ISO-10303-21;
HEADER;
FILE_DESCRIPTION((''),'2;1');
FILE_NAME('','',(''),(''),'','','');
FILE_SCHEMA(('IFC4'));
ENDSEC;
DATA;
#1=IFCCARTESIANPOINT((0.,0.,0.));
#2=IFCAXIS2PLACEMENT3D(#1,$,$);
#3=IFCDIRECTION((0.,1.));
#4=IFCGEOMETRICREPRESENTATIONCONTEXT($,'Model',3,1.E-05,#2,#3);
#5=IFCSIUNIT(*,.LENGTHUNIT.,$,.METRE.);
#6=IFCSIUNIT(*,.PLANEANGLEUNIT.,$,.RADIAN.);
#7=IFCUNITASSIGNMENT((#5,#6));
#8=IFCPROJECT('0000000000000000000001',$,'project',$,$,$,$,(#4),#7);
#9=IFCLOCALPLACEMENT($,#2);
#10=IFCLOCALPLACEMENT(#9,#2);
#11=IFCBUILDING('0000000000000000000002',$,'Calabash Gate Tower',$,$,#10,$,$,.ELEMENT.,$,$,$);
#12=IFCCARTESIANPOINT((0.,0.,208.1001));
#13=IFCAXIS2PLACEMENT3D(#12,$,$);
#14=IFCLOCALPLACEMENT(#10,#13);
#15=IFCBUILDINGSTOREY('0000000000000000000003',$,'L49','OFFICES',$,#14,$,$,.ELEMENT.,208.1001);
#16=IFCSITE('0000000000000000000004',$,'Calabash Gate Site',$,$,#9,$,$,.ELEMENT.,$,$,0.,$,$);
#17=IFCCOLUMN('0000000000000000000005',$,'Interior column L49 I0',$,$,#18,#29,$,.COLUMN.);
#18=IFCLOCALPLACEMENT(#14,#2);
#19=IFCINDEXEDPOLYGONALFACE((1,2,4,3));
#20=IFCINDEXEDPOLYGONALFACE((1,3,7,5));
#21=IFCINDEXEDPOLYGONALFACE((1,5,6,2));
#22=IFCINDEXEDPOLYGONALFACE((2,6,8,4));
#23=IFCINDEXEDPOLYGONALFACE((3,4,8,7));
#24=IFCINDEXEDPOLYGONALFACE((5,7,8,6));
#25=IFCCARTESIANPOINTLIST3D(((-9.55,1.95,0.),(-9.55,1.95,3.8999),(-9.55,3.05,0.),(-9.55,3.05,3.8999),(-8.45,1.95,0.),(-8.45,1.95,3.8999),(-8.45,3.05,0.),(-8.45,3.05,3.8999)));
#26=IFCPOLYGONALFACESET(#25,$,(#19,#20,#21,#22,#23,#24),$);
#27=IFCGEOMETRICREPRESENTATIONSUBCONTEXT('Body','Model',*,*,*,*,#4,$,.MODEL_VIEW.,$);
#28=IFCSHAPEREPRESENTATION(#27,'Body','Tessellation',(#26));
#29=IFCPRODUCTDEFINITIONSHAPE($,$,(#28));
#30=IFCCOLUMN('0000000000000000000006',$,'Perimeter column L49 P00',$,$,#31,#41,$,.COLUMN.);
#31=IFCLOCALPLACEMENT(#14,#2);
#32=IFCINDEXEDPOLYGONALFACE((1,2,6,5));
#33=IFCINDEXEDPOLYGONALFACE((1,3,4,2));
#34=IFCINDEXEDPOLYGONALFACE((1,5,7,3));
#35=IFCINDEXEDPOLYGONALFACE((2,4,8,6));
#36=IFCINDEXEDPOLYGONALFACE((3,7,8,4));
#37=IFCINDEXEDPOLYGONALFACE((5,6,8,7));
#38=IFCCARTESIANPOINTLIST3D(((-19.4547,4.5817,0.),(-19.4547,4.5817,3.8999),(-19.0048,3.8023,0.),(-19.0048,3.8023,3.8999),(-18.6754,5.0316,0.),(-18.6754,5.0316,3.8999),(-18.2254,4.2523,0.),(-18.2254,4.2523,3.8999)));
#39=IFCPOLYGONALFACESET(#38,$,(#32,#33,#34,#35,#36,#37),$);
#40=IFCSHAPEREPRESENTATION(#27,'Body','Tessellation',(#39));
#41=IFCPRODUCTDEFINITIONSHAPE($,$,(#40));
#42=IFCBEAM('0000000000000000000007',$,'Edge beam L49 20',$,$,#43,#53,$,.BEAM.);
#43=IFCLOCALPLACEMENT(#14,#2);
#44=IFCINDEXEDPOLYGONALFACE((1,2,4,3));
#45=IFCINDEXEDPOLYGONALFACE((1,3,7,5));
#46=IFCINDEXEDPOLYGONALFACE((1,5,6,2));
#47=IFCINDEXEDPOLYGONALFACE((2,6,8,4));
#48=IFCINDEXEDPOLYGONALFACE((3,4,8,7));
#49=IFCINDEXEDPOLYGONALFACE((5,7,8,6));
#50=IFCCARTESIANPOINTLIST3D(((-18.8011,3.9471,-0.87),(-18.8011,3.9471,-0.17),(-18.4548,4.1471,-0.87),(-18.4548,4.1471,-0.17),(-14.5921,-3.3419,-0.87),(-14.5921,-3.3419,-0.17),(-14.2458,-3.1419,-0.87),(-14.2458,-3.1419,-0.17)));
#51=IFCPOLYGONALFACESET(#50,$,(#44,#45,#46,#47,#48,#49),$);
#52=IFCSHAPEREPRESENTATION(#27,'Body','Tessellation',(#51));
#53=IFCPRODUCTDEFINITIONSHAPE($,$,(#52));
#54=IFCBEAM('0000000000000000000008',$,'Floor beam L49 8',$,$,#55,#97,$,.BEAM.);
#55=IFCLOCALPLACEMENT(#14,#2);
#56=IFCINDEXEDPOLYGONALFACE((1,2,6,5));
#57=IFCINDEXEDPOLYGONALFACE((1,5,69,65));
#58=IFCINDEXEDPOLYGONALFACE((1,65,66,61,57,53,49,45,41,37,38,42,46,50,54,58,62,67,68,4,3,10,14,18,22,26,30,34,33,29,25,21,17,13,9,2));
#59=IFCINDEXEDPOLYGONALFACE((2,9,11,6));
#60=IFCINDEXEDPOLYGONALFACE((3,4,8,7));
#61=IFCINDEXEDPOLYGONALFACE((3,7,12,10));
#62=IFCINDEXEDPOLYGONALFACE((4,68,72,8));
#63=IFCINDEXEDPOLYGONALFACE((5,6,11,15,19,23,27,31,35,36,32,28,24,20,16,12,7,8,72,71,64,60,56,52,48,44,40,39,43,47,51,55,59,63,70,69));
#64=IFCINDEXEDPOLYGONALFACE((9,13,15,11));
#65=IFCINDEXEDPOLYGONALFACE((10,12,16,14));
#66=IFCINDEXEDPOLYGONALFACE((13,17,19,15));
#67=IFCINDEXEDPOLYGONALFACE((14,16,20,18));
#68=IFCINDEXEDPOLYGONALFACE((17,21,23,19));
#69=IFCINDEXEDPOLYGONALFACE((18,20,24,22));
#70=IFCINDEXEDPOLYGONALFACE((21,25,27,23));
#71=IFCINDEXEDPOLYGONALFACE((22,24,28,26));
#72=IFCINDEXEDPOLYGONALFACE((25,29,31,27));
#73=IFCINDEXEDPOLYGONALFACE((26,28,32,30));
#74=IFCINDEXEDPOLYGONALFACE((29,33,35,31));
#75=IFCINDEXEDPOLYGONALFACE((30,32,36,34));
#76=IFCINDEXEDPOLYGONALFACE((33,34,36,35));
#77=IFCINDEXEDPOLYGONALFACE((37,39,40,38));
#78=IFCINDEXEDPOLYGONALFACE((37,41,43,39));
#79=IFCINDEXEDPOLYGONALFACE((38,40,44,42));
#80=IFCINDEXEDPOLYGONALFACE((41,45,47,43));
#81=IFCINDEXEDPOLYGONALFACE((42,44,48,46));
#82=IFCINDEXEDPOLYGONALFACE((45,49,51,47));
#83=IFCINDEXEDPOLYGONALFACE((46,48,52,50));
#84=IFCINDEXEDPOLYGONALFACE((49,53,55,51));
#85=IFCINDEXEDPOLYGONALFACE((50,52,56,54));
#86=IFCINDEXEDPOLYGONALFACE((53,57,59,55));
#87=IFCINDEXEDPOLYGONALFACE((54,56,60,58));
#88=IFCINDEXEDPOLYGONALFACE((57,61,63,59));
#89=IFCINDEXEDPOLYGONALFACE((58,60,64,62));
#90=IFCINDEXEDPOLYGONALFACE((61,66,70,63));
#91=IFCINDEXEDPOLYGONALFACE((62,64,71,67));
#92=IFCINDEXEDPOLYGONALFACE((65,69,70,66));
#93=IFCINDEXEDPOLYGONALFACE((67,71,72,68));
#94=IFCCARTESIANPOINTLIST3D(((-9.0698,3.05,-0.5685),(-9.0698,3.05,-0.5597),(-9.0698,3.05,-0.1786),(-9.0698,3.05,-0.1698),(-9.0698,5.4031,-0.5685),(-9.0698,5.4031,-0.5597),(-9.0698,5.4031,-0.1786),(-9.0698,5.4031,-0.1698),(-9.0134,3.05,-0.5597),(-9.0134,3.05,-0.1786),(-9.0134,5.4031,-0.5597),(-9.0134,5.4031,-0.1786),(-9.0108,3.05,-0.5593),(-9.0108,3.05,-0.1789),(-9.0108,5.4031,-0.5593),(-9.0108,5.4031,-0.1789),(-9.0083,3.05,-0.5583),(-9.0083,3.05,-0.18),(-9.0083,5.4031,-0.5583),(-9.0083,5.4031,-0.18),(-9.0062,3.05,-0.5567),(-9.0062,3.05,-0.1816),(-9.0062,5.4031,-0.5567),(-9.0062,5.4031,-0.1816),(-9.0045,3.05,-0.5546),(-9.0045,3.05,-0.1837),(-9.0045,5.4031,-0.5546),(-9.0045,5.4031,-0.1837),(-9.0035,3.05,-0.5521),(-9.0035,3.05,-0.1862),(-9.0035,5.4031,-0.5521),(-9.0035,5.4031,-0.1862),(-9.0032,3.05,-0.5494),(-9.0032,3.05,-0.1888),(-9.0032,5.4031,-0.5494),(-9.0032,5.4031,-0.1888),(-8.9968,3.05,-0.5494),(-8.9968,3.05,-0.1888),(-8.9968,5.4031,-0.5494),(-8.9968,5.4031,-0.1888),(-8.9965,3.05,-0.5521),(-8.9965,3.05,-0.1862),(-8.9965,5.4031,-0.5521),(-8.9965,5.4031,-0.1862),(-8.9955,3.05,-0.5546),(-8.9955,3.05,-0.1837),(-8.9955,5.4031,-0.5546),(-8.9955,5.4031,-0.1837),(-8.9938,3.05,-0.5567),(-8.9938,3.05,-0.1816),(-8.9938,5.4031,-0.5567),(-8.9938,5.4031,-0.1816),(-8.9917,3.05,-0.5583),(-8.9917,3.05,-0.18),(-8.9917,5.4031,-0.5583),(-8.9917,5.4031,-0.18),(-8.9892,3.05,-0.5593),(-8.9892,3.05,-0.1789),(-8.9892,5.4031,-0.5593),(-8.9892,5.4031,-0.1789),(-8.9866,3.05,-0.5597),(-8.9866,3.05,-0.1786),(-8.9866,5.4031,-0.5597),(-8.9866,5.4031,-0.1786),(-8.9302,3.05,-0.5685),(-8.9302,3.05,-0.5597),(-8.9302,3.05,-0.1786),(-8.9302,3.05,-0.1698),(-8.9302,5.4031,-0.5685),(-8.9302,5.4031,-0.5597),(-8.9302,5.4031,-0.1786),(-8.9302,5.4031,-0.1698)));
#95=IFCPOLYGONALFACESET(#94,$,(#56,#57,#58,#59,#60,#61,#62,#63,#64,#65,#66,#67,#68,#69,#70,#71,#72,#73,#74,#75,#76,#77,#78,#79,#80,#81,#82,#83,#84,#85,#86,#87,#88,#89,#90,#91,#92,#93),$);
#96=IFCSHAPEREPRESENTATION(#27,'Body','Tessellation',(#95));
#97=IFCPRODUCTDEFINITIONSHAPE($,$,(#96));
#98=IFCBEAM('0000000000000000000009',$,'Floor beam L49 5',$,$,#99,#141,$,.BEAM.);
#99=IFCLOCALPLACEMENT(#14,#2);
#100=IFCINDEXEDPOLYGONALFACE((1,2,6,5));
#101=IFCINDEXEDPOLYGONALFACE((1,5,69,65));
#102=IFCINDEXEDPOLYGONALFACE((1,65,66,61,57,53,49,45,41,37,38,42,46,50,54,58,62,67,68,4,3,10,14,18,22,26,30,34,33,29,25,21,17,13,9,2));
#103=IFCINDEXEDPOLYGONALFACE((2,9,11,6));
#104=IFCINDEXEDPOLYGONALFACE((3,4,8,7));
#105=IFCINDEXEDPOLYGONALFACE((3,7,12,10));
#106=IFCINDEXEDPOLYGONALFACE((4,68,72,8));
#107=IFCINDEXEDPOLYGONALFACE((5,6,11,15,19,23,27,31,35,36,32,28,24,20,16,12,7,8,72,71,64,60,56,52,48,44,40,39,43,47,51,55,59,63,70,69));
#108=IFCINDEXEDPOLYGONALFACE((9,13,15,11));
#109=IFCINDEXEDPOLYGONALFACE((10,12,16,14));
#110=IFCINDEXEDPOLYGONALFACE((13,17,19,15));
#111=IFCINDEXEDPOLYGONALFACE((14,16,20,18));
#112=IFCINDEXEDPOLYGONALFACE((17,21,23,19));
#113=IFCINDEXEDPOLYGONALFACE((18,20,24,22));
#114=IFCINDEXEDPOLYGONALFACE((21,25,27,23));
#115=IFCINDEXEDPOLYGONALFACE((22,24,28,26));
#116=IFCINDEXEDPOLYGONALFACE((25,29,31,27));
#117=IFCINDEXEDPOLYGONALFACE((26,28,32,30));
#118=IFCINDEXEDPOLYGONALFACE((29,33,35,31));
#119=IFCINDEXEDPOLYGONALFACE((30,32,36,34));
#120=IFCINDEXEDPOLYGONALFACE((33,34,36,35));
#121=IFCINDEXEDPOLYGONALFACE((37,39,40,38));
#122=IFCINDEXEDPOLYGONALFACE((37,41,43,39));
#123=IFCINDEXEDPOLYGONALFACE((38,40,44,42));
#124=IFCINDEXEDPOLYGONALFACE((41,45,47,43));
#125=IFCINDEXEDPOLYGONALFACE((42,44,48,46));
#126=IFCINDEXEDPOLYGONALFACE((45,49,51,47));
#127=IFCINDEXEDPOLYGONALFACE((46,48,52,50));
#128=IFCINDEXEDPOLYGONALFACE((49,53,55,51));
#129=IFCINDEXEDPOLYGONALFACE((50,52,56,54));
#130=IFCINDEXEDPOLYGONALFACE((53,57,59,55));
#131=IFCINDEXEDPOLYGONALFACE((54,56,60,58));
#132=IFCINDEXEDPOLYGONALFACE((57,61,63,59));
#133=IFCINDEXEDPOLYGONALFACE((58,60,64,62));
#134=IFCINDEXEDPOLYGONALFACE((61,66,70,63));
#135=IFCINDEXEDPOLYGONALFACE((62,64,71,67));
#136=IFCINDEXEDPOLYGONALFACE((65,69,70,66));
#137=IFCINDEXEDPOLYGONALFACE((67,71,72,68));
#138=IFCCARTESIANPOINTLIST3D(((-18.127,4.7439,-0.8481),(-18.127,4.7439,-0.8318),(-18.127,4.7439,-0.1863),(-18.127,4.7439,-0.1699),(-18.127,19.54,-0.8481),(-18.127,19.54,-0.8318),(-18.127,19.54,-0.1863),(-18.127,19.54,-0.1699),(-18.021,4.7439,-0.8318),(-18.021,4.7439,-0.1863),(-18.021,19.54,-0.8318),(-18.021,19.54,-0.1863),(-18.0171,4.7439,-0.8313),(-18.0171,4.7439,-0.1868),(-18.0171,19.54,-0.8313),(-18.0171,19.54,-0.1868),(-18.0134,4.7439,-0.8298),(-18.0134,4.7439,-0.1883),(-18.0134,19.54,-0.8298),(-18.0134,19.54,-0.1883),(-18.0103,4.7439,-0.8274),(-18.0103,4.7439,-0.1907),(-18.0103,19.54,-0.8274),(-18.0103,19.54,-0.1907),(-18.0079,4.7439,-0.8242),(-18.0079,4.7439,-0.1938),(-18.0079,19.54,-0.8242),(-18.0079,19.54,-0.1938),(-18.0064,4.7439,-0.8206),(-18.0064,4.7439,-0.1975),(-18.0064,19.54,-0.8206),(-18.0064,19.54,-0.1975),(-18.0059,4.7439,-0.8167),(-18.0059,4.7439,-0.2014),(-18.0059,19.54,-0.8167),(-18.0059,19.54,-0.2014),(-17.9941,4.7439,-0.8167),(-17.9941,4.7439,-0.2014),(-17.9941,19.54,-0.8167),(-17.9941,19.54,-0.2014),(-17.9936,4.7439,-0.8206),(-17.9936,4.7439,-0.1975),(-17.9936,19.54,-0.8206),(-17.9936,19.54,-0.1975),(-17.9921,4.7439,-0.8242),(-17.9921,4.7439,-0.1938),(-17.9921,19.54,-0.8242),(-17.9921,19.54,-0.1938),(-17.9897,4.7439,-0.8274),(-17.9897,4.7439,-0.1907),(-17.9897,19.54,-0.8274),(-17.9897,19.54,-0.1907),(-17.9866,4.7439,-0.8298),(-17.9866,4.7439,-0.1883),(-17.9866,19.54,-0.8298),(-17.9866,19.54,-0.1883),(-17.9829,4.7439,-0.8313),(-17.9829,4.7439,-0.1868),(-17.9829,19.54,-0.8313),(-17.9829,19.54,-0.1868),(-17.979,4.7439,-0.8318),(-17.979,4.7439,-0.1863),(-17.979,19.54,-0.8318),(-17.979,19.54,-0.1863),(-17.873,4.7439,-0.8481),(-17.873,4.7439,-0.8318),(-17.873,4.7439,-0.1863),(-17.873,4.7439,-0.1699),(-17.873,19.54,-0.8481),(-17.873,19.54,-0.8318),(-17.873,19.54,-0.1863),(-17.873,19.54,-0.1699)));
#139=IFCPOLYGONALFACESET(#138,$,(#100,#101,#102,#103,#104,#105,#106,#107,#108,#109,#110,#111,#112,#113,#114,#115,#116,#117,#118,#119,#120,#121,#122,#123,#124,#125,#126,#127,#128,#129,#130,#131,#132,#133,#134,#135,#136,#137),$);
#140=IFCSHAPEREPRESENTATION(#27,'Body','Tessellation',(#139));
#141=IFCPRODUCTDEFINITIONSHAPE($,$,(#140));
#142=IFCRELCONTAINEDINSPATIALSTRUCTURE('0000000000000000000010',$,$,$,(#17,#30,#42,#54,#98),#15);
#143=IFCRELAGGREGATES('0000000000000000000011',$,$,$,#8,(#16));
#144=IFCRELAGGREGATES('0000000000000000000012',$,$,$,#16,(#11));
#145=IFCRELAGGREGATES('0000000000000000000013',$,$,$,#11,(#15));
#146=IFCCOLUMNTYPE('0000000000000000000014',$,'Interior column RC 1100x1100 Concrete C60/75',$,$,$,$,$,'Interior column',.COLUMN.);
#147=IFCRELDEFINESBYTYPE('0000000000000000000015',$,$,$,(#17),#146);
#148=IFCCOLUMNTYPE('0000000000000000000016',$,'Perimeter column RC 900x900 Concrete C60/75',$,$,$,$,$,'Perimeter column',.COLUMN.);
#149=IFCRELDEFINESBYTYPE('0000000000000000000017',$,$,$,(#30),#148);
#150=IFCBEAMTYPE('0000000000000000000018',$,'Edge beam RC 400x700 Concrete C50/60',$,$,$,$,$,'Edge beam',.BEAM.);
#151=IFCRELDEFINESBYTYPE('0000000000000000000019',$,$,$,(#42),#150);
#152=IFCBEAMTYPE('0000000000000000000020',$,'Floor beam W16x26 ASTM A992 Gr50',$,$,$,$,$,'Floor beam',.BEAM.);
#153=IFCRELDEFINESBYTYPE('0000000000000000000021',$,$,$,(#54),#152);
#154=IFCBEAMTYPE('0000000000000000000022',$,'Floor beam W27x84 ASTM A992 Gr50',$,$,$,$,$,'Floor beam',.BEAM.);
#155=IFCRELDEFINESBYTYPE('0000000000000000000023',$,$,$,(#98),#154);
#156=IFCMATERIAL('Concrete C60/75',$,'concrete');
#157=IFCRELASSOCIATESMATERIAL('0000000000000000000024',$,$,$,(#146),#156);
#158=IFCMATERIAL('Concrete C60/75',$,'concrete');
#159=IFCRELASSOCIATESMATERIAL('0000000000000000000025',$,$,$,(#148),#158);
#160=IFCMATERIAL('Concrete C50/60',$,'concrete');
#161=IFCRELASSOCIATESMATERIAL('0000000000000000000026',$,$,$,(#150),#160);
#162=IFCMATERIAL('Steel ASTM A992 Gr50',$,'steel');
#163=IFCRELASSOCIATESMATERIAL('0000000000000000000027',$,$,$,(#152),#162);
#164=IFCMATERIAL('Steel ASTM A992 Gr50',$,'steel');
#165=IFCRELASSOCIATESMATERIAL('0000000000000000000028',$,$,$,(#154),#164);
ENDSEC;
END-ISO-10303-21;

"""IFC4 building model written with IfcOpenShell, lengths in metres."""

from ifc_helpers import new_model, si_unit, direction, frame, origin, origin_2d, place, context, subcontext, project, spatial, rectangle, i_section, extrude, material, material_profile, profile_set, type_object, element, save


model = new_model("IFC4")

# Units and contexts
model_context = context("Model", 3, precision=1e-05, world=origin(), true_north=direction((0.0, 1.0)))
body_context = subcontext(model_context, "Body", "Model", "MODEL_VIEW")
ifc_project = project(units=[si_unit("LENGTHUNIT", "METRE"), si_unit("PLANEANGLEUNIT", "RADIAN")], contexts=[model_context])

# Site, building, storey
site_placement = place(None, origin())
site = spatial("IfcSite", under=ifc_project, at=site_placement, Name="Calabash Gate Site", CompositionType="ELEMENT", RefElevation=0.0)
building_placement = place(site_placement, origin())
building = spatial("IfcBuilding", under=site, at=building_placement, Name="Calabash Gate Tower", CompositionType="ELEMENT")
storey_placement = place(building_placement, frame((0.0, 0.0, 208.1001)))
storey = spatial("IfcBuildingStorey", under=building, at=storey_placement, Name="L49", Description="OFFICES", CompositionType="ELEMENT", Elevation=208.1001)

# Columns
ifc_material_1 = material(Name="Concrete C60/75", Category="concrete")
ifc_material_profile_1 = material_profile(ifc_material_1, rectangle(XDim=1.1001, YDim=1.1001, at=origin_2d()))
ifc_profile_set_1 = profile_set([ifc_material_profile_1], Name="Concrete C60/75")
column_type_1 = type_object("IfcColumnType", Name="Interior column RC 1100x1100 Concrete C60/75", ElementType="Interior column", PredefinedType="COLUMN", material=ifc_profile_set_1)
column_1_placement = place(storey_placement, frame((-9.0, 2.5, 0.0), z_axis=(0.0, 0.0, 1.0), x_axis=(1.0, 0.0, 0.0)))
element("IfcColumn", 1, at=column_1_placement, inside=storey, type_object=column_type_1, Name="Interior column L49 I0", PredefinedType="COLUMN", context=body_context, shape_type="SweptSolid", body=[
    extrude(rectangle(XDim=1.1001, YDim=1.1001, at=origin_2d()), origin(), (0.0, 0.0, 1.0), 3.8999),
])
ifc_material_2 = material(Name="Concrete C60/75", Category="concrete")
ifc_material_profile_2 = material_profile(ifc_material_2, rectangle(XDim=0.8999, YDim=0.8999, at=origin_2d()))
ifc_profile_set_2 = profile_set([ifc_material_profile_2], Name="Concrete C60/75")
column_type_2 = type_object("IfcColumnType", Name="Perimeter column RC 900x900 Concrete C60/75", ElementType="Perimeter column", PredefinedType="COLUMN", material=ifc_profile_set_2)
column_2_placement = place(storey_placement, frame((-18.8401, 4.417, 0.0), z_axis=(0.0, 0.0, 1.0), x_axis=(0.5, -0.866025, 0.0)))
element("IfcColumn", 2, at=column_2_placement, inside=storey, type_object=column_type_2, Name="Perimeter column L49 P00", PredefinedType="COLUMN", context=body_context, shape_type="SweptSolid", body=[
    extrude(rectangle(XDim=0.8999, YDim=0.8999, at=origin_2d()), origin(), (0.0, 0.0, 1.0), 3.8999),
])

# Beams
ifc_material_3 = material(Name="Concrete C50/60", Category="concrete")
ifc_material_profile_3 = material_profile(ifc_material_3, rectangle(XDim=0.3999, YDim=0.7, at=origin_2d()))
ifc_profile_set_3 = profile_set([ifc_material_profile_3], Name="Concrete C50/60")
beam_type_1 = type_object("IfcBeamType", Name="Edge beam RC 400x700 Concrete C50/60", ElementType="Edge beam", PredefinedType="BEAM", material=ifc_profile_set_3)
beam_1_placement = place(storey_placement, frame((-18.6279, 4.0471, -0.52), z_axis=(0.500057, -0.865992, 0.0), x_axis=(0.865992, 0.500057, 0.0)))
element("IfcBeam", 3, at=beam_1_placement, inside=storey, type_object=beam_type_1, Name="Edge beam L49 20", PredefinedType="BEAM", context=body_context, shape_type="SweptSolid", body=[
    extrude(rectangle(XDim=0.3999, YDim=0.7, at=origin_2d()), origin(), (0.0, 0.0, 1.0), 8.417),
])
ifc_material_4 = material(Name="Steel ASTM A992 Gr50", Category="steel")
ifc_material_profile_4 = material_profile(ifc_material_4, i_section(OverallWidth=0.1396, OverallDepth=0.3987, WebThickness=0.0063, FlangeThickness=0.0088, FilletRadius=0.0103, at=origin_2d()))
ifc_profile_set_4 = profile_set([ifc_material_profile_4], Name="Steel ASTM A992 Gr50")
beam_type_2 = type_object("IfcBeamType", Name="Floor beam W16x26 ASTM A992 Gr50", ElementType="Floor beam", PredefinedType="BEAM", material=ifc_profile_set_4)
beam_2_placement = place(storey_placement, frame((-9.0, 3.05, -0.3691), z_axis=(0.0, 1.0, 0.0), x_axis=(-1.0, 0.0, 0.0)))
element("IfcBeam", 4, at=beam_2_placement, inside=storey, type_object=beam_type_2, Name="Floor beam L49 8", PredefinedType="BEAM", context=body_context, shape_type="SweptSolid", body=[
    extrude(i_section(OverallWidth=0.1396, OverallDepth=0.3987, WebThickness=0.0063, FlangeThickness=0.0088, FilletRadius=0.0103, at=origin_2d()), origin(), (0.0, 0.0, 1.0), 2.353),
])
ifc_material_5 = material(Name="Steel ASTM A992 Gr50", Category="steel")
ifc_material_profile_5 = material_profile(ifc_material_5, i_section(OverallWidth=0.2539, OverallDepth=0.6782, WebThickness=0.0117, FlangeThickness=0.0164, FilletRadius=0.0151, at=origin_2d()))
ifc_profile_set_5 = profile_set([ifc_material_profile_5], Name="Steel ASTM A992 Gr50")
beam_type_3 = type_object("IfcBeamType", Name="Floor beam W27x84 ASTM A992 Gr50", ElementType="Floor beam", PredefinedType="BEAM", material=ifc_profile_set_5)
beam_3_placement = place(storey_placement, frame((-18.0, 4.7439, -0.509), z_axis=(0.0, 1.0, 0.0), x_axis=(-1.0, 0.0, 0.0)))
element("IfcBeam", 5, at=beam_3_placement, inside=storey, type_object=beam_type_3, Name="Floor beam L49 5", PredefinedType="BEAM", context=body_context, shape_type="SweptSolid", body=[
    extrude(i_section(OverallWidth=0.2539, OverallDepth=0.6782, WebThickness=0.0117, FlangeThickness=0.0164, FilletRadius=0.0151, at=origin_2d()), origin(), (0.0, 0.0, 1.0), 14.7961),
])

save(model, "model.ifc")
